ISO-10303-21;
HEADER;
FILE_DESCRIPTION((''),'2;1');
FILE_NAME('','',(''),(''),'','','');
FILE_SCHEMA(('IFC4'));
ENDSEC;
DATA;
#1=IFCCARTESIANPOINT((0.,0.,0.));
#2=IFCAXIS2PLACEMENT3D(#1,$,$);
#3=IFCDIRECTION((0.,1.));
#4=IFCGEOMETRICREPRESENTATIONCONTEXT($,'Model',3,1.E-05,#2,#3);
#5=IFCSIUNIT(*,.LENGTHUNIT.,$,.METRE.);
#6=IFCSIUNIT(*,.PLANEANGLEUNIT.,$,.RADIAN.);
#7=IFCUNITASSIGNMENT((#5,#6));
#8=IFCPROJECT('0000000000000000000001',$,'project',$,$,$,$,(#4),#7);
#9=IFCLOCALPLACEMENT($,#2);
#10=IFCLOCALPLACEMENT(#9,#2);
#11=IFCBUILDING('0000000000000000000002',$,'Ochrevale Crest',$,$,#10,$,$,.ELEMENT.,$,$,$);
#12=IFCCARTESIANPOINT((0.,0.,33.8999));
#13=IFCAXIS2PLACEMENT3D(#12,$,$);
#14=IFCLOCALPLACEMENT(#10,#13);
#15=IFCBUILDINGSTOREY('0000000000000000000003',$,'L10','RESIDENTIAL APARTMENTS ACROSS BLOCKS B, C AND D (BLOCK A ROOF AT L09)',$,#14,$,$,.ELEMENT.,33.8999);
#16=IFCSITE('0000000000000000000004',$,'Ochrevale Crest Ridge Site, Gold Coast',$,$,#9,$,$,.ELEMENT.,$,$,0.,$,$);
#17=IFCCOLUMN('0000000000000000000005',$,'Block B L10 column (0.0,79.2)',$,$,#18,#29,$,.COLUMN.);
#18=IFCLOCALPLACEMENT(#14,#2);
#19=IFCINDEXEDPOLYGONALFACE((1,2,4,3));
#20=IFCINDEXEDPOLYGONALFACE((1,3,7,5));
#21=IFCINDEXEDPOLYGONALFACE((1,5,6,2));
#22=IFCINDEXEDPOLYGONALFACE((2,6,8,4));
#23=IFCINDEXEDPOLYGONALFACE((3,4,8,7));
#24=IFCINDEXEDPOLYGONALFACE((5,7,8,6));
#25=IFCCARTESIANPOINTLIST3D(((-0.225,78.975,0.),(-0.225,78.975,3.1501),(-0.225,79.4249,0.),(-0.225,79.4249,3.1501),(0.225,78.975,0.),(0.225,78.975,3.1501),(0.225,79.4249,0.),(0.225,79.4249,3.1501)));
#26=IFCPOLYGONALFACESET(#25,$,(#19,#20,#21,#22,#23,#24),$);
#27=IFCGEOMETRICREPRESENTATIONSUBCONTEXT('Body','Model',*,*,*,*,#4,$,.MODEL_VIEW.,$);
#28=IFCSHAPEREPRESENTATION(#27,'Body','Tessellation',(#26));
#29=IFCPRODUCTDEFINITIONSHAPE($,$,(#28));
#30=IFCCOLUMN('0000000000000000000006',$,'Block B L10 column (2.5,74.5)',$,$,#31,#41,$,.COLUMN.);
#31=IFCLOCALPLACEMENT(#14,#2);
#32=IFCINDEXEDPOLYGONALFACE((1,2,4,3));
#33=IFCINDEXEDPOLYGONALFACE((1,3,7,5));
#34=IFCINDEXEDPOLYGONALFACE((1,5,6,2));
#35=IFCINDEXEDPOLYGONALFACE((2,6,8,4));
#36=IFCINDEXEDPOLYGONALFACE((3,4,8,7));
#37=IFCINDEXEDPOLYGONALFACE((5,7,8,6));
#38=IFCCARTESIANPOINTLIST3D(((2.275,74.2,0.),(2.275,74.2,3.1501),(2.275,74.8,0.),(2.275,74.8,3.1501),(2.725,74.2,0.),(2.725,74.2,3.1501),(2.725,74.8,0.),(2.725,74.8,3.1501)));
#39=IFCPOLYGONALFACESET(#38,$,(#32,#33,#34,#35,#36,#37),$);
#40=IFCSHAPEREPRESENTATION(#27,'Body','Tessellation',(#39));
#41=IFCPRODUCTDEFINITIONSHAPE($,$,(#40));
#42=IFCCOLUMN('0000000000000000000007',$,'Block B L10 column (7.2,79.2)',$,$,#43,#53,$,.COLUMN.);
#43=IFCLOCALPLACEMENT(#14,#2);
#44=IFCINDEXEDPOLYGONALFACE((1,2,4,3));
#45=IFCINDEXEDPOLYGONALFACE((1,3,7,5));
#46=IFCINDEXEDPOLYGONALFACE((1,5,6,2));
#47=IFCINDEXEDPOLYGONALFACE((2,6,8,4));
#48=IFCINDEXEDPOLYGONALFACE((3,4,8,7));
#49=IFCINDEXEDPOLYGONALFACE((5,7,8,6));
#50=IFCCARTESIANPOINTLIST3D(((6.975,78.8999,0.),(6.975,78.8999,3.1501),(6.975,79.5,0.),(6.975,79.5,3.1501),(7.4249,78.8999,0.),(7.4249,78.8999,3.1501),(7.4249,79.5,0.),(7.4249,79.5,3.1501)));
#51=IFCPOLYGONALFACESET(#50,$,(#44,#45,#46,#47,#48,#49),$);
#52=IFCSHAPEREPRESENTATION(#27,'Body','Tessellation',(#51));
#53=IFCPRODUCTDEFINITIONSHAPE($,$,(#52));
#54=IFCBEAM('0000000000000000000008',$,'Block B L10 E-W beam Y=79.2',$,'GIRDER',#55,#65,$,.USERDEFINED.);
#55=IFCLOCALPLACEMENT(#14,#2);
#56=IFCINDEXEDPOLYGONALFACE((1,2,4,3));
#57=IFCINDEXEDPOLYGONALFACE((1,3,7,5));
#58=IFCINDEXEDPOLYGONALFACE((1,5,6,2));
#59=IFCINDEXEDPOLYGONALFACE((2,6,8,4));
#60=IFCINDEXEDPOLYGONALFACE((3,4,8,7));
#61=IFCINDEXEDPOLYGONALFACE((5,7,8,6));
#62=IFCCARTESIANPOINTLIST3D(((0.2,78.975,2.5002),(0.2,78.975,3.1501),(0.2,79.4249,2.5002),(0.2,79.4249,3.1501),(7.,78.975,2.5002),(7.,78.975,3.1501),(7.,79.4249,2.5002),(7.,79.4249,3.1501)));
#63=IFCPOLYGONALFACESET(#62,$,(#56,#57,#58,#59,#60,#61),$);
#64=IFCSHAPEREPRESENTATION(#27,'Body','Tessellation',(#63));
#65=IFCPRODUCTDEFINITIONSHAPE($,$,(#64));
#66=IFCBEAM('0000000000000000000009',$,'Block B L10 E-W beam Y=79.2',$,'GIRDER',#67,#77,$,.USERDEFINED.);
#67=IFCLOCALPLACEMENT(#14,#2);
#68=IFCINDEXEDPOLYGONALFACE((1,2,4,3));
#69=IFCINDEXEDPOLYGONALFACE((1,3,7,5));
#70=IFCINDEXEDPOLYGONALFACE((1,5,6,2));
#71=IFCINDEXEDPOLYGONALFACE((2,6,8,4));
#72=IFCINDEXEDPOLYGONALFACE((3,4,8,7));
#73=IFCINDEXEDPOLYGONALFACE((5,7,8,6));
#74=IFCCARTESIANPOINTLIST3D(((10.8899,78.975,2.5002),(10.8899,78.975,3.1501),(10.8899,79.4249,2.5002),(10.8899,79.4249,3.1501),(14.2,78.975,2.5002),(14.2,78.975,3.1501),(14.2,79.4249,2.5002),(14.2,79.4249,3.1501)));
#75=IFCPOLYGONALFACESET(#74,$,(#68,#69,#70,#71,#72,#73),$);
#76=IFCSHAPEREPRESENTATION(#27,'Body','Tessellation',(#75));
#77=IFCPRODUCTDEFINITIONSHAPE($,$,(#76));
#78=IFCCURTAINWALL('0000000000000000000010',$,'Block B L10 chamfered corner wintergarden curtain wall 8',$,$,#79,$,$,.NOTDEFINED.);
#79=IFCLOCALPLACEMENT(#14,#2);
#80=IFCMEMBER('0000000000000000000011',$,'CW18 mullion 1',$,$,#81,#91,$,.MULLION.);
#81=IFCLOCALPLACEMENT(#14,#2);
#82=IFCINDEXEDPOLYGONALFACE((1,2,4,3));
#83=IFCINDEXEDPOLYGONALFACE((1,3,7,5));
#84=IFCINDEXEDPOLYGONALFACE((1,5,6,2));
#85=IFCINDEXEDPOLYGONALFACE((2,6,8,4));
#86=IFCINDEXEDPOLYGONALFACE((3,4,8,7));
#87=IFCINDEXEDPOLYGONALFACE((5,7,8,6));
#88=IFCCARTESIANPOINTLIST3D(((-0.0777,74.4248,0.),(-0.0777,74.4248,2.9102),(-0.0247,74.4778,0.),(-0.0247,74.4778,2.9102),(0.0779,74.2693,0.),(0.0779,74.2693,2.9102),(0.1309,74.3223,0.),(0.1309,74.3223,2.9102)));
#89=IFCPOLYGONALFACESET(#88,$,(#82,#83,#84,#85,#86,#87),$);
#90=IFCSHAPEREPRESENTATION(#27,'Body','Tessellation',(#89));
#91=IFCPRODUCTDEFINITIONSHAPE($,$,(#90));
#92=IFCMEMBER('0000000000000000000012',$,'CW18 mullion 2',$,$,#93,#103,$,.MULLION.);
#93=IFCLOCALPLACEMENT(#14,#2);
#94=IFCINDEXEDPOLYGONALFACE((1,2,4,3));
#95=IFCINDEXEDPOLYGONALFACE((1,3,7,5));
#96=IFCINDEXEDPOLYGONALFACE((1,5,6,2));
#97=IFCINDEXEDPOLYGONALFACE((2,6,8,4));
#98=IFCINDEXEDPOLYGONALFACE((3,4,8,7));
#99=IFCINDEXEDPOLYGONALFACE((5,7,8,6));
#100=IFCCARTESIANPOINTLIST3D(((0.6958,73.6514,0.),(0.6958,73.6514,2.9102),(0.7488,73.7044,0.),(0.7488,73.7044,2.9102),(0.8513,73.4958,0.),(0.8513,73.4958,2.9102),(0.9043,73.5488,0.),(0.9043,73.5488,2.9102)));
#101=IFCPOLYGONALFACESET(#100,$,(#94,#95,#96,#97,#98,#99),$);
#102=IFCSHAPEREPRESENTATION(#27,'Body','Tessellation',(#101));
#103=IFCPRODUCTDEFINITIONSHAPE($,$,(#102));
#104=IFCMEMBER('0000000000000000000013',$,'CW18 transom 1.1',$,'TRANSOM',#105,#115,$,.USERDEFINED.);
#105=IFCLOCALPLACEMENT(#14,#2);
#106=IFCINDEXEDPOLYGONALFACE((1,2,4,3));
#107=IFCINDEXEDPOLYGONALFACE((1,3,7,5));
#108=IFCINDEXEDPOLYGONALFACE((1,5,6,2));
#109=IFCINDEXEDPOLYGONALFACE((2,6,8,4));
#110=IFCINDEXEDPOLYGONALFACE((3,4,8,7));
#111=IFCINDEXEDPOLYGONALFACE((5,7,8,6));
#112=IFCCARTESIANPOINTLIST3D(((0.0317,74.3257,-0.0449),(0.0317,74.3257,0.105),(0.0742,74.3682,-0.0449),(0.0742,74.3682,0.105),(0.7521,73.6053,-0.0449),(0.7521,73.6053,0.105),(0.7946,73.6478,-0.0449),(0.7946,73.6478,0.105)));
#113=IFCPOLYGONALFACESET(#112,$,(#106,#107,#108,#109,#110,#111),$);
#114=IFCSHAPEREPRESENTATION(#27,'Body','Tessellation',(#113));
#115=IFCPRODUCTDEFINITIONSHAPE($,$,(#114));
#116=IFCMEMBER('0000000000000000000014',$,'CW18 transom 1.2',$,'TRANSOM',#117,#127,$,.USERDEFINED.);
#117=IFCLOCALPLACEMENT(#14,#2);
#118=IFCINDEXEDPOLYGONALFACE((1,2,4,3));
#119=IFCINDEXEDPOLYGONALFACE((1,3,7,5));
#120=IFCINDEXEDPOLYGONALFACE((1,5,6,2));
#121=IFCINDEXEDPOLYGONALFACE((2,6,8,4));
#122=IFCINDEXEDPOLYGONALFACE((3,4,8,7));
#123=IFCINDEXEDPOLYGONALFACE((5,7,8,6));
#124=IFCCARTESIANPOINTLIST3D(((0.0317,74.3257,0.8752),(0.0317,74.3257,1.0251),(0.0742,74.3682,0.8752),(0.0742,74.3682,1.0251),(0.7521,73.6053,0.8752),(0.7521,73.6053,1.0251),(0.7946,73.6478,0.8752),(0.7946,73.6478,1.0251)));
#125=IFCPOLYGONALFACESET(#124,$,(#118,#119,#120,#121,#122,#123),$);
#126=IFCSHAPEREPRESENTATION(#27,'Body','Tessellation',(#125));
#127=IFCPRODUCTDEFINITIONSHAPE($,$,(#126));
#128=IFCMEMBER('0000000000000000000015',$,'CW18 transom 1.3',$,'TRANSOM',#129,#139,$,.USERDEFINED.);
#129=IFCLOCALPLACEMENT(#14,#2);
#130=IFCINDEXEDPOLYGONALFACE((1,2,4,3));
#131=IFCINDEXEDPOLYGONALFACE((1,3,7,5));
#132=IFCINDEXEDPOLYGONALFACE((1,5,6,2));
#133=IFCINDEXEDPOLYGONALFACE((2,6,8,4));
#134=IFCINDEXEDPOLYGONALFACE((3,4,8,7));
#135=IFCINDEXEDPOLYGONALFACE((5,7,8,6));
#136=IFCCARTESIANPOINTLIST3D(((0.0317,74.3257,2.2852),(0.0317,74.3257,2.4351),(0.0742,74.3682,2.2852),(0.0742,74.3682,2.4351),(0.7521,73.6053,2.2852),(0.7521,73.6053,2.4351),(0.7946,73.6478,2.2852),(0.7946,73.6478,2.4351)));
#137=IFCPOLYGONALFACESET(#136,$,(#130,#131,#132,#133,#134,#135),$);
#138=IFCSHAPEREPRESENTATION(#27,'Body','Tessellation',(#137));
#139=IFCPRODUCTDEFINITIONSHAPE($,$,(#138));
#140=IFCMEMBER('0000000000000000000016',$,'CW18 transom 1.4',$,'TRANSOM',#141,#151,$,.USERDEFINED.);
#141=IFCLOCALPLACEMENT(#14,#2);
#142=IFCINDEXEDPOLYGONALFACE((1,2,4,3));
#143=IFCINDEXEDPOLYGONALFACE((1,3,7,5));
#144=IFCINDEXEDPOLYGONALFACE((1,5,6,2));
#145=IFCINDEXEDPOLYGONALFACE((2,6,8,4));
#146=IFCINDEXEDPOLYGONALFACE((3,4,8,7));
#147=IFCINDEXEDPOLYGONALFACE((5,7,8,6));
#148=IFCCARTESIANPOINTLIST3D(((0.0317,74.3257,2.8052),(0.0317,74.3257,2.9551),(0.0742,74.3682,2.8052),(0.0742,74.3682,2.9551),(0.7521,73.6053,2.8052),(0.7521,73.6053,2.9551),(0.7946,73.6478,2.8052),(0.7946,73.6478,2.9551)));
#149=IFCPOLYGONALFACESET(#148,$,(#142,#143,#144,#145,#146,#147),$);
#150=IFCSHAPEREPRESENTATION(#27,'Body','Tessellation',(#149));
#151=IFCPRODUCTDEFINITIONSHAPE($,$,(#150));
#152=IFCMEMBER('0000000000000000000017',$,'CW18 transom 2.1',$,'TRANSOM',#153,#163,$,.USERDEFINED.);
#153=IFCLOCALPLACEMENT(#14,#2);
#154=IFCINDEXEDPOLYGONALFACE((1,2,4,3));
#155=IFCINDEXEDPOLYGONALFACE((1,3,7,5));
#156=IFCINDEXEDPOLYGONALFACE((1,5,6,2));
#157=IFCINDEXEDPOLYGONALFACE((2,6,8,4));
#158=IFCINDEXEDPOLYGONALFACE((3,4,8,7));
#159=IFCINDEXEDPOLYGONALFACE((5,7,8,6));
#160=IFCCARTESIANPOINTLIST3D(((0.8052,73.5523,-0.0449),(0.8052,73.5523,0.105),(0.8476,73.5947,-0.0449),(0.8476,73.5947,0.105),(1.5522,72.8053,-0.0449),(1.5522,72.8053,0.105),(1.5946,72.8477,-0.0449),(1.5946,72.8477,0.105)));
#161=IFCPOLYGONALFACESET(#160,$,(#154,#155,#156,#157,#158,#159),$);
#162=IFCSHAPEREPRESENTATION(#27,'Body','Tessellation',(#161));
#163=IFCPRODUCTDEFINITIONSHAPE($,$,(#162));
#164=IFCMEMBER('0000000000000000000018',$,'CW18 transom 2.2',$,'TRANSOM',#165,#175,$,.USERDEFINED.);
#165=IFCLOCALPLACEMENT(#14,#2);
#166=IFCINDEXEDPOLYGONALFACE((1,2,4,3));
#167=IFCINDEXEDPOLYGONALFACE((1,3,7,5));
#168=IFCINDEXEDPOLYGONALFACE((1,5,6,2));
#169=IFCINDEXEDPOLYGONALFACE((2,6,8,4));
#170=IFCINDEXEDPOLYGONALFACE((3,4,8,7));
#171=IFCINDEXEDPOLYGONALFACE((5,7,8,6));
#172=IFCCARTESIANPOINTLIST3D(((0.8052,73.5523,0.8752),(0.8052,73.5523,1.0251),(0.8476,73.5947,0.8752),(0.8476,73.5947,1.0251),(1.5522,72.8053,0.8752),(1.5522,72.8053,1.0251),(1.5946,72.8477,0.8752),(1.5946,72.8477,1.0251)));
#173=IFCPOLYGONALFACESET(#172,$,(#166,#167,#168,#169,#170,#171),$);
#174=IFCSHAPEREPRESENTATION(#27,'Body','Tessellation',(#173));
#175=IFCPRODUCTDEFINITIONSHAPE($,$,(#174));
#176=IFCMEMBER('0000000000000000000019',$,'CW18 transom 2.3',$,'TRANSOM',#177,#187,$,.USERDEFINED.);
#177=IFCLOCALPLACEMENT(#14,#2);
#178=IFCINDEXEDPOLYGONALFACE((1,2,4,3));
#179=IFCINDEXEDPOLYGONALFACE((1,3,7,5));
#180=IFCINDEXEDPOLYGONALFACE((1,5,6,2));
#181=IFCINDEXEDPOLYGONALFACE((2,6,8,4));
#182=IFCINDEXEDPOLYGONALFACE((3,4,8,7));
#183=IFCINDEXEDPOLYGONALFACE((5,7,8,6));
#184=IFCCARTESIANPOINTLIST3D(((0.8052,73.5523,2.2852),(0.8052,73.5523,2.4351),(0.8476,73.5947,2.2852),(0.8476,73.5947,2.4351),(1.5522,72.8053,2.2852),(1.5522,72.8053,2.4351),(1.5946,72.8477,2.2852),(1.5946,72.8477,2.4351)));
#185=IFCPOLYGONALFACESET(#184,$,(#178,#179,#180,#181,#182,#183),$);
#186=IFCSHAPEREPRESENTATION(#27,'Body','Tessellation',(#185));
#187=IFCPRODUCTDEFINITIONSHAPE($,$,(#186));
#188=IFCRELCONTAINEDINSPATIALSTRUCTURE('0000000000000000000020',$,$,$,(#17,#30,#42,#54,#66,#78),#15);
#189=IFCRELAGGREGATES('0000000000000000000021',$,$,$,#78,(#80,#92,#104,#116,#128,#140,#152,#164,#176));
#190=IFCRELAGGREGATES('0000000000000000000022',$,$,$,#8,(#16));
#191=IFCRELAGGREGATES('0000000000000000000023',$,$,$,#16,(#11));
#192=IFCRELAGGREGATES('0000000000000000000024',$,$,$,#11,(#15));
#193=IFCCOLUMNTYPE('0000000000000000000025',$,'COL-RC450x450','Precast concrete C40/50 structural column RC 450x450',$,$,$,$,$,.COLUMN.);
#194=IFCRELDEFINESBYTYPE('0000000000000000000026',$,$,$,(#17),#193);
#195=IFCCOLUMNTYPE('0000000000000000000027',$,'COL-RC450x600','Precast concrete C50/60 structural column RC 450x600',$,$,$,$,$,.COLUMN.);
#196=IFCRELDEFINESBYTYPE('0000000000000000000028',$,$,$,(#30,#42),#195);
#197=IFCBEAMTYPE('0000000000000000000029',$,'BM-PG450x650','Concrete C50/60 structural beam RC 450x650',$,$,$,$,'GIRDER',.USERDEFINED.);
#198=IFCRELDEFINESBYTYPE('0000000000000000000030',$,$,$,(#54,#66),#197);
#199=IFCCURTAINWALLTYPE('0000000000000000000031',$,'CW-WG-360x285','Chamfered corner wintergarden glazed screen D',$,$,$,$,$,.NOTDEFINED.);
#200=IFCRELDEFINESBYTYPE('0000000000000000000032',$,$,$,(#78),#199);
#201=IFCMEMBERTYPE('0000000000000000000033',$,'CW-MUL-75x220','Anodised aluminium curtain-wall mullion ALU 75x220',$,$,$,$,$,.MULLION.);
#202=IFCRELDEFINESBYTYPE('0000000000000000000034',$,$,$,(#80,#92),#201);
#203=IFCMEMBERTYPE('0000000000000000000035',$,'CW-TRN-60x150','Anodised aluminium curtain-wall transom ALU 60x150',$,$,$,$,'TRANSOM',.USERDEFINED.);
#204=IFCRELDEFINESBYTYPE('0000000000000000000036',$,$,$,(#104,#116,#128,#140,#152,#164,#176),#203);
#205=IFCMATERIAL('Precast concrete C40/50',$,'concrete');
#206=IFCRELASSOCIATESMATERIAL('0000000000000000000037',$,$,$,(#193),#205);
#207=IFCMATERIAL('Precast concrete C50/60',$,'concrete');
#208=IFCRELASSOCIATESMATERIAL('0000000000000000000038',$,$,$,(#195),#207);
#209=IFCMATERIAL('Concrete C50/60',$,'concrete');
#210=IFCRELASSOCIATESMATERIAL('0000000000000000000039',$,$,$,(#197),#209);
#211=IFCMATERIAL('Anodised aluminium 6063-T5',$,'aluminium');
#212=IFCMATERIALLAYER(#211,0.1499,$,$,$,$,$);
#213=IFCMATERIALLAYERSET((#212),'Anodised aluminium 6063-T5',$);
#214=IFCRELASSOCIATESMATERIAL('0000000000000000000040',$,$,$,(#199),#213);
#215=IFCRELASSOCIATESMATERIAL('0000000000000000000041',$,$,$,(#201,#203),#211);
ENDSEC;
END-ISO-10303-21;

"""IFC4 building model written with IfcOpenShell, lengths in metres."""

from ifc_helpers import new_model, si_unit, direction, frame, origin, origin_2d, place, context, subcontext, project, spatial, rectangle, extrude, material, layer, layer_set, material_profile, profile_set, type_object, element, aggregate, save


model = new_model("IFC4")

# Units and contexts
model_context = context("Model", 3, precision=1e-05, world=origin(), true_north=direction((0.0, 1.0)))
body_context = subcontext(model_context, "Body", "Model", "MODEL_VIEW")
ifc_project = project(units=[si_unit("LENGTHUNIT", "METRE"), si_unit("PLANEANGLEUNIT", "RADIAN")], contexts=[model_context])

# Site, building, storey
site_placement = place(None, origin())
site = spatial("IfcSite", under=ifc_project, at=site_placement, Name="Ochrevale Crest Ridge Site, Gold Coast", CompositionType="ELEMENT", RefElevation=0.0)
building_placement = place(site_placement, origin())
building = spatial("IfcBuilding", under=site, at=building_placement, Name="Ochrevale Crest", CompositionType="ELEMENT")
storey_placement = place(building_placement, frame((0.0, 0.0, 33.8999)))
storey = spatial("IfcBuildingStorey", under=building, at=storey_placement, Name="L10", Description="RESIDENTIAL APARTMENTS ACROSS BLOCKS B, C AND D (BLOCK A ROOF AT L09)", CompositionType="ELEMENT", Elevation=33.8999)

# Columns
ifc_material_1 = material(Name="Precast concrete C40/50", Category="concrete")
ifc_material_profile_1 = material_profile(ifc_material_1, rectangle(XDim=0.45, YDim=0.45, at=origin_2d()), Name="RC 450x450")
ifc_profile_set_1 = profile_set([ifc_material_profile_1], Name="Precast concrete C40/50")
column_type_1 = type_object("IfcColumnType", Name="COL-RC450x450", Description="Precast concrete C40/50 structural column RC 450x450", PredefinedType="COLUMN", material=ifc_profile_set_1)
column_placement = place(storey_placement, frame((0.0, 79.2, 0.0), z_axis=(0.0, 0.0, 1.0), x_axis=(1.0, 0.0, 0.0)))
element("IfcColumn", 1, at=column_placement, inside=storey, type_object=column_type_1, Name="Block B L10 column (0.0,79.2)", PredefinedType="COLUMN", context=body_context, shape_type="SweptSolid", body=[
    extrude(rectangle(XDim=0.45, YDim=0.45, at=origin_2d()), origin(), (0.0, 0.0, 1.0), 3.1501),
])
ifc_material_2 = material(Name="Precast concrete C50/60", Category="concrete")
ifc_material_profile_2 = material_profile(ifc_material_2, rectangle(XDim=0.45, YDim=0.6001, at=origin_2d()), Name="RC 450x600")
ifc_profile_set_2 = profile_set([ifc_material_profile_2], Name="Precast concrete C50/60")
column_type_2 = type_object("IfcColumnType", Name="COL-RC450x600", Description="Precast concrete C50/60 structural column RC 450x600", PredefinedType="COLUMN", material=ifc_profile_set_2)
for number, where, z_axis, x_axis, name in (
    (2, (2.5, 74.5, 0.0), (0.0, 0.0, 1.0), (1.0, 0.0, 0.0), "Block B L10 column (2.5,74.5)"),
    (3, (7.2, 79.2, 0.0), (0.0, 0.0, 1.0), (1.0, 0.0, 0.0), "Block B L10 column (7.2,79.2)"),
):
    element("IfcColumn", number, at=place(storey_placement, frame(where, z_axis=z_axis, x_axis=x_axis)), inside=storey, type_object=column_type_2, Name=name, PredefinedType="COLUMN", context=body_context, shape_type="SweptSolid", body=[
        extrude(rectangle(XDim=0.45, YDim=0.6001, at=origin_2d()), origin(), (0.0, 0.0, 1.0), 3.1501),
    ])

# Beams
ifc_material_3 = material(Name="Concrete C50/60", Category="concrete")
ifc_material_profile_3 = material_profile(ifc_material_3, rectangle(XDim=0.45, YDim=0.6499, at=origin_2d()), Name="RC 450x650")
ifc_profile_set_3 = profile_set([ifc_material_profile_3], Name="Concrete C50/60")
beam_type = type_object("IfcBeamType", Name="BM-PG450x650", Description="Concrete C50/60 structural beam RC 450x650", ElementType="GIRDER", PredefinedType="USERDEFINED", material=ifc_profile_set_3)
beam_1_placement = place(storey_placement, frame((0.2, 79.2, 2.8252), z_axis=(1.0, 0.0, 0.0), x_axis=(0.0, 1.0, 0.0)))
element("IfcBeam", 4, at=beam_1_placement, inside=storey, type_object=beam_type, Name="Block B L10 E-W beam Y=79.2", ObjectType="GIRDER", PredefinedType="USERDEFINED", context=body_context, shape_type="SweptSolid", body=[
    extrude(rectangle(XDim=0.45, YDim=0.6499, at=origin_2d()), origin(), (0.0, 0.0, 1.0), 6.8),
])
beam_2_placement = place(storey_placement, frame((10.8899, 79.2, 2.8252), z_axis=(1.0, 0.0, 0.0), x_axis=(0.0, 1.0, 0.0)))
element("IfcBeam", 5, at=beam_2_placement, inside=storey, type_object=beam_type, Name="Block B L10 E-W beam Y=79.2", ObjectType="GIRDER", PredefinedType="USERDEFINED", context=body_context, shape_type="SweptSolid", body=[
    extrude(rectangle(XDim=0.45, YDim=0.6499, at=origin_2d()), origin(), (0.0, 0.0, 1.0), 3.3101),
])

# Curtain wall, members
ifc_material_4 = material(Name="Anodised aluminium 6063-T5", Category="aluminium")
ifc_layer_1 = layer(ifc_material_4, 0.1499)
ifc_layer_set_1 = layer_set([ifc_layer_1], Name="Anodised aluminium 6063-T5")
curtain_wall_type = type_object("IfcCurtainWallType", Name="CW-WG-360x285", Description="Chamfered corner wintergarden glazed screen D", PredefinedType="NOTDEFINED", material=ifc_layer_set_1)
curtain_wall_placement = place(storey_placement, origin())
curtain_wall = element("IfcCurtainWall", 6, at=curtain_wall_placement, inside=storey, type_object=curtain_wall_type, Name="Block B L10 chamfered corner wintergarden curtain wall 8", PredefinedType="NOTDEFINED")
ifc_material_profile_4 = material_profile(ifc_material_4, rectangle(XDim=0.075, YDim=0.22, at=origin_2d()), Name="ALU 75x220")
ifc_profile_set_4 = profile_set([ifc_material_profile_4], Name="Anodised aluminium 6063-T5")
member_type_1 = type_object("IfcMemberType", Name="CW-MUL-75x220", Description="Anodised aluminium curtain-wall mullion ALU 75x220", PredefinedType="MULLION", material=ifc_profile_set_4)
member_1_placement = place(storey_placement, frame((0.0266, 74.3735, 0.0), z_axis=(0.0, 0.0, 1.0), x_axis=(0.707107, 0.707107, 0.0)))
member_1 = element("IfcMember", 7, at=member_1_placement, type_object=member_type_1, Name="CW18 mullion 1", PredefinedType="MULLION", context=body_context, shape_type="SweptSolid", body=[
    extrude(rectangle(XDim=0.075, YDim=0.22, at=origin_2d()), origin(), (0.0, 0.0, 1.0), 2.9102),
])
member_2_placement = place(storey_placement, frame((0.8, 73.6001, 0.0), z_axis=(0.0, 0.0, 1.0), x_axis=(0.707107, 0.707107, 0.0)))
member_2 = element("IfcMember", 8, at=member_2_placement, type_object=member_type_1, Name="CW18 mullion 2", PredefinedType="MULLION", context=body_context, shape_type="SweptSolid", body=[
    extrude(rectangle(XDim=0.075, YDim=0.22, at=origin_2d()), origin(), (0.0, 0.0, 1.0), 2.9102),
])
ifc_material_profile_5 = material_profile(ifc_material_4, rectangle(XDim=0.0601, YDim=0.1499, at=origin_2d()), Name="ALU 60x150")
ifc_profile_set_5 = profile_set([ifc_material_profile_5], Name="Anodised aluminium 6063-T5")
member_type_2 = type_object("IfcMemberType", Name="CW-TRN-60x150", Description="Anodised aluminium curtain-wall transom ALU 60x150", ElementType="TRANSOM", PredefinedType="USERDEFINED", material=ifc_profile_set_5)
member_3_placement = place(storey_placement, frame((0.053, 74.3469, 0.03), z_axis=(0.707107, -0.707107, 0.0), x_axis=(0.707107, 0.707107, 0.0)))
member_3 = element("IfcMember", 9, at=member_3_placement, type_object=member_type_2, Name="CW18 transom 1.1", ObjectType="TRANSOM", PredefinedType="USERDEFINED", context=body_context, shape_type="SweptSolid", body=[
    extrude(rectangle(XDim=0.0601, YDim=0.1499, at=origin_2d()), origin(), (0.0, 0.0, 1.0), 1.0188),
])
member_4_placement = place(storey_placement, frame((0.053, 74.3469, 0.9502), z_axis=(0.707107, -0.707107, 0.0), x_axis=(0.707107, 0.707107, 0.0)))
member_4 = element("IfcMember", 10, at=member_4_placement, type_object=member_type_2, Name="CW18 transom 1.2", ObjectType="TRANSOM", PredefinedType="USERDEFINED", context=body_context, shape_type="SweptSolid", body=[
    extrude(rectangle(XDim=0.0601, YDim=0.1499, at=origin_2d()), origin(), (0.0, 0.0, 1.0), 1.0188),
])
member_5_placement = place(storey_placement, frame((0.053, 74.3469, 2.3601), z_axis=(0.707107, -0.707107, 0.0), x_axis=(0.707107, 0.707107, 0.0)))
member_5 = element("IfcMember", 11, at=member_5_placement, type_object=member_type_2, Name="CW18 transom 1.3", ObjectType="TRANSOM", PredefinedType="USERDEFINED", context=body_context, shape_type="SweptSolid", body=[
    extrude(rectangle(XDim=0.0601, YDim=0.1499, at=origin_2d()), origin(), (0.0, 0.0, 1.0), 1.0188),
])
member_6_placement = place(storey_placement, frame((0.053, 74.3469, 2.8801), z_axis=(0.707107, -0.707107, 0.0), x_axis=(0.707107, 0.707107, 0.0)))
member_6 = element("IfcMember", 12, at=member_6_placement, type_object=member_type_2, Name="CW18 transom 1.4", ObjectType="TRANSOM", PredefinedType="USERDEFINED", context=body_context, shape_type="SweptSolid", body=[
    extrude(rectangle(XDim=0.0601, YDim=0.1499, at=origin_2d()), origin(), (0.0, 0.0, 1.0), 1.0188),
])
member_7_placement = place(storey_placement, frame((0.8264, 73.5735, 0.03), z_axis=(0.707107, -0.707107, 0.0), x_axis=(0.707107, 0.707107, 0.0)))
member_7 = element("IfcMember", 13, at=member_7_placement, type_object=member_type_2, Name="CW18 transom 2.1", ObjectType="TRANSOM", PredefinedType="USERDEFINED", context=body_context, shape_type="SweptSolid", body=[
    extrude(rectangle(XDim=0.0601, YDim=0.1499, at=origin_2d()), origin(), (0.0, 0.0, 1.0), 1.0564),
])
member_8_placement = place(storey_placement, frame((0.8264, 73.5735, 0.9502), z_axis=(0.707107, -0.707107, 0.0), x_axis=(0.707107, 0.707107, 0.0)))
member_8 = element("IfcMember", 14, at=member_8_placement, type_object=member_type_2, Name="CW18 transom 2.2", ObjectType="TRANSOM", PredefinedType="USERDEFINED", context=body_context, shape_type="SweptSolid", body=[
    extrude(rectangle(XDim=0.0601, YDim=0.1499, at=origin_2d()), origin(), (0.0, 0.0, 1.0), 1.0564),
])
member_9_placement = place(storey_placement, frame((0.8264, 73.5735, 2.3601), z_axis=(0.707107, -0.707107, 0.0), x_axis=(0.707107, 0.707107, 0.0)))
member_9 = element("IfcMember", 15, at=member_9_placement, type_object=member_type_2, Name="CW18 transom 2.3", ObjectType="TRANSOM", PredefinedType="USERDEFINED", context=body_context, shape_type="SweptSolid", body=[
    extrude(rectangle(XDim=0.0601, YDim=0.1499, at=origin_2d()), origin(), (0.0, 0.0, 1.0), 1.0564),
])
aggregate(curtain_wall, [member_1, member_2, member_3, member_4, member_5, member_6, member_7, member_8, member_9])

save(model, "model.ifc")
